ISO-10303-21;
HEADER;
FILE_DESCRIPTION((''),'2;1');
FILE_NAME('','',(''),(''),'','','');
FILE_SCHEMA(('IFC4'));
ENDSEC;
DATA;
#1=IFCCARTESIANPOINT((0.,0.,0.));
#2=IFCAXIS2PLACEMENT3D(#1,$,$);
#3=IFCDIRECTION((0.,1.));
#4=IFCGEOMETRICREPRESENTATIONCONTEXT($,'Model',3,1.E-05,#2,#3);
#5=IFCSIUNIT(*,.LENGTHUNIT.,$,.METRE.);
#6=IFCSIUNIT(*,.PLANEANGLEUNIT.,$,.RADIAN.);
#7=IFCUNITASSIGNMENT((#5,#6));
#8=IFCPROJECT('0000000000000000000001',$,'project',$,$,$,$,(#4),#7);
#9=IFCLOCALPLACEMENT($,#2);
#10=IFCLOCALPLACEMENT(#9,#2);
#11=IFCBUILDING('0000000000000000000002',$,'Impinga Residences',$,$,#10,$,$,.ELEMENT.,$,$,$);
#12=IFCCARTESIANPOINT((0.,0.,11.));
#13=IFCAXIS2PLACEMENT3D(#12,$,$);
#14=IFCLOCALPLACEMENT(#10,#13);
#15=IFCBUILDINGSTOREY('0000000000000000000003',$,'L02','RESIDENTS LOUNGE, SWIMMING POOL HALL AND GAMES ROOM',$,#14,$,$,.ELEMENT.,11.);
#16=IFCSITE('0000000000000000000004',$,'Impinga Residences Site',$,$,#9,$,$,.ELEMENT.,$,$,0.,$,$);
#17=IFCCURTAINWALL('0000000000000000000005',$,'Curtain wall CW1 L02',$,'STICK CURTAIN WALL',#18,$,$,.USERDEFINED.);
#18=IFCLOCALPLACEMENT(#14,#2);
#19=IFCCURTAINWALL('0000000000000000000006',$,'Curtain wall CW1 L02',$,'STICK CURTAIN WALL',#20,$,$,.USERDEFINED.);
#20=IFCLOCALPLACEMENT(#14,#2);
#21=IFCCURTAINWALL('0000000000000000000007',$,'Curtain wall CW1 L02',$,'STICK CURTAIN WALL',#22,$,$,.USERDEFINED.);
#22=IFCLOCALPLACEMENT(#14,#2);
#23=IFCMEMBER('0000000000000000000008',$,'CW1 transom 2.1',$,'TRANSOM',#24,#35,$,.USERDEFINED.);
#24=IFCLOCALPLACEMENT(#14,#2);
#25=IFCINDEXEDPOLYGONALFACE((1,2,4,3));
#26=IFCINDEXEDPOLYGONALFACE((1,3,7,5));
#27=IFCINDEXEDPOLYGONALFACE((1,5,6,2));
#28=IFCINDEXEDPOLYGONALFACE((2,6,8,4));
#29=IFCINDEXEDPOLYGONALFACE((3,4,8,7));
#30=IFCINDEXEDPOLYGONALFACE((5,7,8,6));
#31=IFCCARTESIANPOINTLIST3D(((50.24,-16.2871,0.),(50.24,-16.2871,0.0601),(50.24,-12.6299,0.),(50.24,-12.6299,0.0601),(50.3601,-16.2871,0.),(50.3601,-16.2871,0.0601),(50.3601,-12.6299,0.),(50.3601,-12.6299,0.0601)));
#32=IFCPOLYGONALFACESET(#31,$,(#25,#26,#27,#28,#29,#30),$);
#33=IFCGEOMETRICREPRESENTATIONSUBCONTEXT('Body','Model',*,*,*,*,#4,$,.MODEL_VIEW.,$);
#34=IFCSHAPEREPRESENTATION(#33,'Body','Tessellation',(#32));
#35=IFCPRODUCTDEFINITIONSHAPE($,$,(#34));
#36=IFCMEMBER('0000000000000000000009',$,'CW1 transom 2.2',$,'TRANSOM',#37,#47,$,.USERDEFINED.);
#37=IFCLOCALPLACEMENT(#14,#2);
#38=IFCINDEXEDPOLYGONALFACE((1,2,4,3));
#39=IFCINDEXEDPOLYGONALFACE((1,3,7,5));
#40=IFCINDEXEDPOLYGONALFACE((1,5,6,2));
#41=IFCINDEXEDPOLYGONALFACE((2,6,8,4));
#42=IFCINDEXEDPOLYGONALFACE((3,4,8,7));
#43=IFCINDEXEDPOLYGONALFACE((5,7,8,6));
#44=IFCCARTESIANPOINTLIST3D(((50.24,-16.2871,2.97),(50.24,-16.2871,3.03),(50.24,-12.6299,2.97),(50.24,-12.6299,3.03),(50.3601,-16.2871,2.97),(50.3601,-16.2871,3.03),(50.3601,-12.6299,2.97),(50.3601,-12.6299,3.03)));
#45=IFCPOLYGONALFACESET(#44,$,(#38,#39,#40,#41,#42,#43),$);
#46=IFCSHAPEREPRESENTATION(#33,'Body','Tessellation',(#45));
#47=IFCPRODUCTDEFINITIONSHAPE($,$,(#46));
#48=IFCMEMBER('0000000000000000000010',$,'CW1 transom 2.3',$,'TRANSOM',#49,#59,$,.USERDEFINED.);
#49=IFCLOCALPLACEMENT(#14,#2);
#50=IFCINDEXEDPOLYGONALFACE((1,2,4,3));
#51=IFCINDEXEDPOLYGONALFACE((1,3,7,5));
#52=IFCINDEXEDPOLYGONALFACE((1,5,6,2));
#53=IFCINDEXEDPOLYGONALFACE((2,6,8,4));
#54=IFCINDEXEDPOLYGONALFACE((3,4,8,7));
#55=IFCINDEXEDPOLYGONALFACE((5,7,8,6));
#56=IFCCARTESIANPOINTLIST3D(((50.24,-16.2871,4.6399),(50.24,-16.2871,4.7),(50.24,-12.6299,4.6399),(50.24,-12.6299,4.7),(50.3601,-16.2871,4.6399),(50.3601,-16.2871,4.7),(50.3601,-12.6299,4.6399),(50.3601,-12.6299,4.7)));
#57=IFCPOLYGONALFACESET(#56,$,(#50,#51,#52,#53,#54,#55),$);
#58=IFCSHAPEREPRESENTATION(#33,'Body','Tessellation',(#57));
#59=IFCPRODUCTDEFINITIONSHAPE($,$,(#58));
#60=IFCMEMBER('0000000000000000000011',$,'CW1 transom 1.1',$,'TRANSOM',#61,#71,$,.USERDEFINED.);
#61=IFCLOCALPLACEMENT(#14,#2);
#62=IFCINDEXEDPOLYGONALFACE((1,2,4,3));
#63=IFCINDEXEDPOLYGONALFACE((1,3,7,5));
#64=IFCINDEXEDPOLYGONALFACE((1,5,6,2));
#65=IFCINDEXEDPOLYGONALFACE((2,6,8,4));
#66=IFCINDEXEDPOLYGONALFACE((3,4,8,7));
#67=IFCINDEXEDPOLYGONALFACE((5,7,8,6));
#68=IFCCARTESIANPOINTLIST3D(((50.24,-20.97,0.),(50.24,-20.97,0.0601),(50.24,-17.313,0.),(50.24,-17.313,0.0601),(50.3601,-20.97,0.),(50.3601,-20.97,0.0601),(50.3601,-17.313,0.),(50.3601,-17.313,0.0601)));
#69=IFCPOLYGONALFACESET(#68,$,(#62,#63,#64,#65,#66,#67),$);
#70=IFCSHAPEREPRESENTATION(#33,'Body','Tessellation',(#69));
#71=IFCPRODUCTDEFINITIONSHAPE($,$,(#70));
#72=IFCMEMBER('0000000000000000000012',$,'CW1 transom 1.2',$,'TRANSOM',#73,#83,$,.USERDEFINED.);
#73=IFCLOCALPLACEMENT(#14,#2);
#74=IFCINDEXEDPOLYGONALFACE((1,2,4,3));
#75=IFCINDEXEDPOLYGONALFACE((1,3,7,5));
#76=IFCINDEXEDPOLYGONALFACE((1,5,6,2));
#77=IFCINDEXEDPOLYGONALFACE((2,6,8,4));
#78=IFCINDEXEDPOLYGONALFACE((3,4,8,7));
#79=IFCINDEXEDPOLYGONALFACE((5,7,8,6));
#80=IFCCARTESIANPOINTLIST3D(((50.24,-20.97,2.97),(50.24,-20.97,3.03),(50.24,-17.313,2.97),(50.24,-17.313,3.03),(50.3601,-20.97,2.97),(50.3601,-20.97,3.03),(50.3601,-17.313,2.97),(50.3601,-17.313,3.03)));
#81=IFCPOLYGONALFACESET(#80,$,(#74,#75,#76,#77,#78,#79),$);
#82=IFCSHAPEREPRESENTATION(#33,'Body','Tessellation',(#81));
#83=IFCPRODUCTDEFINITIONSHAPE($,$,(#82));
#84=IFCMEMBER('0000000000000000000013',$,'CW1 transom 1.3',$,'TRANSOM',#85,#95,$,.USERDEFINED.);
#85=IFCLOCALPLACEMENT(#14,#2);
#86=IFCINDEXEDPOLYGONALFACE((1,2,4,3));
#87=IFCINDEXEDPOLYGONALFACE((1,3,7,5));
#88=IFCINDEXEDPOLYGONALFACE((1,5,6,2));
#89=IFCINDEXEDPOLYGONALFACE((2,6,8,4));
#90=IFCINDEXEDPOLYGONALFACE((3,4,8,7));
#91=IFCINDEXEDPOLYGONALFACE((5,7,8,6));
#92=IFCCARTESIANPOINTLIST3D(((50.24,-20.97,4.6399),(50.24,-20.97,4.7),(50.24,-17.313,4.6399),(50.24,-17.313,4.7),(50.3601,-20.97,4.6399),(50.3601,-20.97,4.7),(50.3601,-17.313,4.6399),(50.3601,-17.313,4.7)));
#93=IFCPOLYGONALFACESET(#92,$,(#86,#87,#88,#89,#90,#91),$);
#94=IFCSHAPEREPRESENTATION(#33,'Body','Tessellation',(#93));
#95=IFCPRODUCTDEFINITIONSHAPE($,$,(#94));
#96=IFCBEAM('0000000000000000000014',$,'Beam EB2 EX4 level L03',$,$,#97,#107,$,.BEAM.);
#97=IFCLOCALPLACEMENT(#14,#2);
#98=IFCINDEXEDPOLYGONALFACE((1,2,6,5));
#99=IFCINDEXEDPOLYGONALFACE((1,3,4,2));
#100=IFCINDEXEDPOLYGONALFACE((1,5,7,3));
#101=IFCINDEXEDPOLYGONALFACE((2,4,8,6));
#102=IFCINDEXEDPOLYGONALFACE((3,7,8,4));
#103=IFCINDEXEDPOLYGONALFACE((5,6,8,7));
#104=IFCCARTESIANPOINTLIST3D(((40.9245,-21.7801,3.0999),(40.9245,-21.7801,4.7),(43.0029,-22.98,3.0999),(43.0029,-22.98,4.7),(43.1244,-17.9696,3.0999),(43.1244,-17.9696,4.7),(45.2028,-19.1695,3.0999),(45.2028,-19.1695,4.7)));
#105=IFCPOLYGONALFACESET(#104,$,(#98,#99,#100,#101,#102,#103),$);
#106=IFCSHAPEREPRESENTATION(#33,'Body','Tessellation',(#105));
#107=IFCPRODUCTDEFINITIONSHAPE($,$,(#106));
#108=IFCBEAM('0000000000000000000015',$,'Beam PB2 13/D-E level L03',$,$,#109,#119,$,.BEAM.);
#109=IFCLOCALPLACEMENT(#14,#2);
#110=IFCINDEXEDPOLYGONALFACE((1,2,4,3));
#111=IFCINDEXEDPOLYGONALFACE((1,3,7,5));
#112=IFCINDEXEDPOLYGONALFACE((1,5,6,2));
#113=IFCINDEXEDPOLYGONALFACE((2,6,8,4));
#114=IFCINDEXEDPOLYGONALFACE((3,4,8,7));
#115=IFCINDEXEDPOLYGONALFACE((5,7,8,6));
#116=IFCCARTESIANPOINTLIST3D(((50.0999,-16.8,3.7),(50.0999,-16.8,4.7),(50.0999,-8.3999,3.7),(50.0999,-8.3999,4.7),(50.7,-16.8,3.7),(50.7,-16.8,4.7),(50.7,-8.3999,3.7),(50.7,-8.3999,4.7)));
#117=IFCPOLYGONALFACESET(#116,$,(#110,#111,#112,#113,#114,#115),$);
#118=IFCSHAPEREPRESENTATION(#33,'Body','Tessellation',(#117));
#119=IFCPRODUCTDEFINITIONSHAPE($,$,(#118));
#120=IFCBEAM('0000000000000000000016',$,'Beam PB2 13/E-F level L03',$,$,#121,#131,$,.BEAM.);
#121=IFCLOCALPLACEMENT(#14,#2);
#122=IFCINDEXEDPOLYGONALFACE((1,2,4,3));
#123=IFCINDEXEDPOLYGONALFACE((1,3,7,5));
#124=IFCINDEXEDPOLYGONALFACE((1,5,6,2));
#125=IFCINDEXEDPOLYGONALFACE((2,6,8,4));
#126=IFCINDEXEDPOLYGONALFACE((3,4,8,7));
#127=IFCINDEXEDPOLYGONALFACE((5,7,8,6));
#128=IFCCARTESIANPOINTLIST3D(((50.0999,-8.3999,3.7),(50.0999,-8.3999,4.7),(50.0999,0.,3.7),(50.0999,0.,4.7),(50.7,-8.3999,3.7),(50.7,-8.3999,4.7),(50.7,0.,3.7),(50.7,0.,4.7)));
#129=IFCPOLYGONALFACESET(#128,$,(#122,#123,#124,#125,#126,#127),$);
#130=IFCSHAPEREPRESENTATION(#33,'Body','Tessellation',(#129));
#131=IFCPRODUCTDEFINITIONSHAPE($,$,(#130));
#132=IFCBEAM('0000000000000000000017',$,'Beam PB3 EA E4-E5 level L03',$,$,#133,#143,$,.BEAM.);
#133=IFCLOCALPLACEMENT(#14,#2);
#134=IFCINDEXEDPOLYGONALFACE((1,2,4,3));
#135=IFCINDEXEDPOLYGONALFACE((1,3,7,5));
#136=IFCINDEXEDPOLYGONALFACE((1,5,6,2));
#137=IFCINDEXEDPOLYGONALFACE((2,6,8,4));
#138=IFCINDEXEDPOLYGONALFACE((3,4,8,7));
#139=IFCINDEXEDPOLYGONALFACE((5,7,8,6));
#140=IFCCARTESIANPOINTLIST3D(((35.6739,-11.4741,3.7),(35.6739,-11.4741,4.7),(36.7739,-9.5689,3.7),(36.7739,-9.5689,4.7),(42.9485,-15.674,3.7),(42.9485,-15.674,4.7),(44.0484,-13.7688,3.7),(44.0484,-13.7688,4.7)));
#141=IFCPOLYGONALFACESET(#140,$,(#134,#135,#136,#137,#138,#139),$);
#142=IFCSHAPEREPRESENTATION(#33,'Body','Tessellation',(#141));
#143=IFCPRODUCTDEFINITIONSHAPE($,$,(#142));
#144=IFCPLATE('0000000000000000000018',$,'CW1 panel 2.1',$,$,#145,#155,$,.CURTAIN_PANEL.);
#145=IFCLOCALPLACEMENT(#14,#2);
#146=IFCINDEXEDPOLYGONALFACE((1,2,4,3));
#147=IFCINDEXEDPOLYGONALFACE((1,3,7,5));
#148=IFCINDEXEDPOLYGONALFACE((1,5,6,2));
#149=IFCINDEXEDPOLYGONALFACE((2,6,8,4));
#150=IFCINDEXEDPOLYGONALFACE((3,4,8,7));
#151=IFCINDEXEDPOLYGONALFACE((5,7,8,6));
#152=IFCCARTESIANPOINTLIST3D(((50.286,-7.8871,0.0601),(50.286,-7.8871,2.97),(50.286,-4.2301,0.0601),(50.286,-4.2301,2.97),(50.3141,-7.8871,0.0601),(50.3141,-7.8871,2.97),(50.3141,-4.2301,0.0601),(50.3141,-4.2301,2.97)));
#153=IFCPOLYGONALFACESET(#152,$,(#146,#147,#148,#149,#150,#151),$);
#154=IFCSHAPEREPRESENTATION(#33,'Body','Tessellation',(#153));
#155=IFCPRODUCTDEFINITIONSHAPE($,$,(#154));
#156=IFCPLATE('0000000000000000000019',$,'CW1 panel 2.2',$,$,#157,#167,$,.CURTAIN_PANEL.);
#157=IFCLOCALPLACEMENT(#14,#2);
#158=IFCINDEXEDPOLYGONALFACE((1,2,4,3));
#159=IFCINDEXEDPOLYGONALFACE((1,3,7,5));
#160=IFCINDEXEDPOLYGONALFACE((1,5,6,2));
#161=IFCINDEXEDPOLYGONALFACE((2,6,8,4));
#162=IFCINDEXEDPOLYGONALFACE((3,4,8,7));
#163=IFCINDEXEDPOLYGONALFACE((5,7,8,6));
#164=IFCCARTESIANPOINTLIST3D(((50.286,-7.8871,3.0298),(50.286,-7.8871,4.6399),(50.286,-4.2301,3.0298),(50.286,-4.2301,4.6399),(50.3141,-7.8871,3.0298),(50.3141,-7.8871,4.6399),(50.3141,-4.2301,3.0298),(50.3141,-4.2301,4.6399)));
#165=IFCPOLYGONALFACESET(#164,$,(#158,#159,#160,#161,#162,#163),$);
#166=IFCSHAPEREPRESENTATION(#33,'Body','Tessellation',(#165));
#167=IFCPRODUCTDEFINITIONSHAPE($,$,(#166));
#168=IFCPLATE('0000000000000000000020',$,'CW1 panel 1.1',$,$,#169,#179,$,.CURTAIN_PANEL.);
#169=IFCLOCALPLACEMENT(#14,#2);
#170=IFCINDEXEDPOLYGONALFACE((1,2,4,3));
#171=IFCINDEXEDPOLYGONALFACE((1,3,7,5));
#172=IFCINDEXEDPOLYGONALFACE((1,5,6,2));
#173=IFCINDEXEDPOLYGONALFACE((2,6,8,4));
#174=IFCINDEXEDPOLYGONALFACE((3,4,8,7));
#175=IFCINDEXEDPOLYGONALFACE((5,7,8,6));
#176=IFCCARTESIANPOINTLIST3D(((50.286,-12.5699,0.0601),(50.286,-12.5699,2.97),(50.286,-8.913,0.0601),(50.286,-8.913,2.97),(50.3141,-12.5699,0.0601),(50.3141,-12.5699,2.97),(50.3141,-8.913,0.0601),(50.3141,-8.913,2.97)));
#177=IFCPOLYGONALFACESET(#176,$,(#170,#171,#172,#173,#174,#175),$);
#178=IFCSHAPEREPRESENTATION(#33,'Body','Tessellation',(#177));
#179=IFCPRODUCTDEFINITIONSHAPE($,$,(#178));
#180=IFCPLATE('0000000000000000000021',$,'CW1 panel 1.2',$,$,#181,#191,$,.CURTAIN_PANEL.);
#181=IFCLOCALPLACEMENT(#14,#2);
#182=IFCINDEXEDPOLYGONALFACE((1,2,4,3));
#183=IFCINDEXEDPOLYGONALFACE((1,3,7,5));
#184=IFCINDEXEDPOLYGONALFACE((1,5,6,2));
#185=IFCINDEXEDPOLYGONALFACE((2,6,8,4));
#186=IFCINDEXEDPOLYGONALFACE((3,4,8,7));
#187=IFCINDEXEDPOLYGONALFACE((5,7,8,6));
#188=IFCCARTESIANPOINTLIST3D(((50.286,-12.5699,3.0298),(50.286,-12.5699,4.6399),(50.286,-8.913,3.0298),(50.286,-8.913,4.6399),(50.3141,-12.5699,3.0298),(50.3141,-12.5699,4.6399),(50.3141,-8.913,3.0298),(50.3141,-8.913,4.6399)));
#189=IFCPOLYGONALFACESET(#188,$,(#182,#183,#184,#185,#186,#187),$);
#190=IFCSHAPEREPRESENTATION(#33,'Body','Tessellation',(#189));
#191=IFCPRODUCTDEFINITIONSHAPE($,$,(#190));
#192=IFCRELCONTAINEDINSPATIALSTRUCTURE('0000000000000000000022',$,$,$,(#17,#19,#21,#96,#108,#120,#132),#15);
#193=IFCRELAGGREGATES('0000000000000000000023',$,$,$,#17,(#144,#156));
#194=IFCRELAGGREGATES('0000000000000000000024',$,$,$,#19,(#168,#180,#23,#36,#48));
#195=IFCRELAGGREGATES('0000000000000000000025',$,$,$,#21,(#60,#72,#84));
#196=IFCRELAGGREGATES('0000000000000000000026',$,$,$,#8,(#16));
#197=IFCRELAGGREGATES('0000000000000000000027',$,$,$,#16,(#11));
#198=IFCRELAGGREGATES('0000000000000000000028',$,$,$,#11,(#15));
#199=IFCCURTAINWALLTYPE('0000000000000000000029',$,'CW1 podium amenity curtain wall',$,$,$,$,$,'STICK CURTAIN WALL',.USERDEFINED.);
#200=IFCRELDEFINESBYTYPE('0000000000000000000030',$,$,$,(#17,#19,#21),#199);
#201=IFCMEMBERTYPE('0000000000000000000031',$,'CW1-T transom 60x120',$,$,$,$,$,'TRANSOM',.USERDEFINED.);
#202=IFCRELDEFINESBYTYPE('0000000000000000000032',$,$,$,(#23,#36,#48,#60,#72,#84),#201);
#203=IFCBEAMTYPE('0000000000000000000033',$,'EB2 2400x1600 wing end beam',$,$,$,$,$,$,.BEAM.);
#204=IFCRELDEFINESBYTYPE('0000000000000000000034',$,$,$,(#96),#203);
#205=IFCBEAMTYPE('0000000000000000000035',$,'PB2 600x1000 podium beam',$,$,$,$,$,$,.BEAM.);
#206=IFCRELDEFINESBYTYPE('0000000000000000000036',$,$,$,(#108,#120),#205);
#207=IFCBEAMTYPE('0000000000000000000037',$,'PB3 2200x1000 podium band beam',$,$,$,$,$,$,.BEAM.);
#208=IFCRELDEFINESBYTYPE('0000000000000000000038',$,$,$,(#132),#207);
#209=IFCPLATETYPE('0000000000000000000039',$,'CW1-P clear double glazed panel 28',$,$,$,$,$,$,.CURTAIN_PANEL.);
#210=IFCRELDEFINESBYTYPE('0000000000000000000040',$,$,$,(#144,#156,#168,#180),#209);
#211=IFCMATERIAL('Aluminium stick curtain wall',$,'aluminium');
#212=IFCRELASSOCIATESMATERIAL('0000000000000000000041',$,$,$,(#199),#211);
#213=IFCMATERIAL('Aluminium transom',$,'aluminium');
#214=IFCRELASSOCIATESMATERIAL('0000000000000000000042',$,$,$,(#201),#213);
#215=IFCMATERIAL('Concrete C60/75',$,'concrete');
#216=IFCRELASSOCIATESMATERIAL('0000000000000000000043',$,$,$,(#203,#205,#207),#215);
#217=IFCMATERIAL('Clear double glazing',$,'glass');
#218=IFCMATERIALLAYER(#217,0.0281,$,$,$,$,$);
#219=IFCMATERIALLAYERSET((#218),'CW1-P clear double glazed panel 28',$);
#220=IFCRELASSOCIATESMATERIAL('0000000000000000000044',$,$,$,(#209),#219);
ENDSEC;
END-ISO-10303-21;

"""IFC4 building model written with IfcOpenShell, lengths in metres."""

from ifc_helpers import new_model, si_unit, direction, frame, origin, origin_2d, place, context, subcontext, project, spatial, rectangle, extrude, material, layer, layer_set, material_profile, profile_set, type_object, element, aggregate, save


model = new_model("IFC4")

# Units and contexts
model_context = context("Model", 3, precision=1e-05, world=origin(), true_north=direction((0.0, 1.0)))
body_context = subcontext(model_context, "Body", "Model", "MODEL_VIEW")
ifc_project = project(units=[si_unit("LENGTHUNIT", "METRE"), si_unit("PLANEANGLEUNIT", "RADIAN")], contexts=[model_context])

# Site, building, storey
site_placement = place(None, origin())
site = spatial("IfcSite", under=ifc_project, at=site_placement, Name="Impinga Residences Site", CompositionType="ELEMENT", RefElevation=0.0)
building_placement = place(site_placement, origin())
building = spatial("IfcBuilding", under=site, at=building_placement, Name="Impinga Residences", CompositionType="ELEMENT")
storey_placement = place(building_placement, frame((0.0, 0.0, 11.0)))
storey = spatial("IfcBuildingStorey", under=building, at=storey_placement, Name="L02", Description="RESIDENTS LOUNGE, SWIMMING POOL HALL AND GAMES ROOM", CompositionType="ELEMENT", Elevation=11.0)

# Shared definitions
ifc_material_1 = material(Name="Concrete C60/75", Category="concrete")

# Curtain wall
ifc_material_2 = material(Name="Aluminium stick curtain wall", Category="aluminium")
curtain_wall_type = type_object("IfcCurtainWallType", Name="CW1 podium amenity curtain wall", ElementType="STICK CURTAIN WALL", PredefinedType="USERDEFINED", material=ifc_material_2)
curtain_wall_1_placement = place(storey_placement, origin())
curtain_wall_1 = element("IfcCurtainWall", 1, at=curtain_wall_1_placement, inside=storey, type_object=curtain_wall_type, Name="Curtain wall CW1 L02", ObjectType="STICK CURTAIN WALL", PredefinedType="USERDEFINED")

# Curtain wall
curtain_wall_2_placement = place(storey_placement, origin())
curtain_wall_2 = element("IfcCurtainWall", 2, at=curtain_wall_2_placement, inside=storey, type_object=curtain_wall_type, Name="Curtain wall CW1 L02", ObjectType="STICK CURTAIN WALL", PredefinedType="USERDEFINED")

# Curtain wall
curtain_wall_3_placement = place(storey_placement, origin())
curtain_wall_3 = element("IfcCurtainWall", 3, at=curtain_wall_3_placement, inside=storey, type_object=curtain_wall_type, Name="Curtain wall CW1 L02", ObjectType="STICK CURTAIN WALL", PredefinedType="USERDEFINED")

# Members
ifc_material_3 = material(Name="Aluminium transom", Category="aluminium")
ifc_material_profile_1 = material_profile(ifc_material_3, rectangle(XDim=0.0601, YDim=0.1201, at=origin_2d()), Name="60x120 transom")
ifc_profile_set_1 = profile_set([ifc_material_profile_1], Name="Aluminium transom")
member_type_1 = type_object("IfcMemberType", Name="CW1-T transom 60x120", ElementType="TRANSOM", PredefinedType="USERDEFINED", material=ifc_profile_set_1)
member_1_placement = place(storey_placement, frame((50.3, -12.6299, 0.03), z_axis=(0.0, -1.0, 0.0), x_axis=(0.0, 0.0, 1.0)))
member_1 = element("IfcMember", 4, at=member_1_placement, type_object=member_type_1, Name="CW1 transom 2.1", ObjectType="TRANSOM", PredefinedType="USERDEFINED", context=body_context, shape_type="SweptSolid", body=[
    extrude(rectangle(XDim=0.0601, YDim=0.1201, at=origin_2d()), origin(), (0.0, 0.0, 1.0), 3.6572),
])
member_2_placement = place(storey_placement, frame((50.3, -12.6299, 3.0), z_axis=(0.0, -1.0, 0.0), x_axis=(0.0, 0.0, 1.0)))
member_2 = element("IfcMember", 5, at=member_2_placement, type_object=member_type_1, Name="CW1 transom 2.2", ObjectType="TRANSOM", PredefinedType="USERDEFINED", context=body_context, shape_type="SweptSolid", body=[
    extrude(rectangle(XDim=0.0601, YDim=0.1201, at=origin_2d()), origin(), (0.0, 0.0, 1.0), 3.6572),
])
member_3_placement = place(storey_placement, frame((50.3, -12.6299, 4.6699), z_axis=(0.0, -1.0, 0.0), x_axis=(0.0, 0.0, 1.0)))
member_3 = element("IfcMember", 6, at=member_3_placement, type_object=member_type_1, Name="CW1 transom 2.3", ObjectType="TRANSOM", PredefinedType="USERDEFINED", context=body_context, shape_type="SweptSolid", body=[
    extrude(rectangle(XDim=0.0601, YDim=0.1201, at=origin_2d()), origin(), (0.0, 0.0, 1.0), 3.6572),
])
member_4_placement = place(storey_placement, frame((50.3, -17.313, 0.03), z_axis=(0.0, -1.0, 0.0), x_axis=(0.0, 0.0, 1.0)))
member_4 = element("IfcMember", 7, at=member_4_placement, type_object=member_type_1, Name="CW1 transom 1.1", ObjectType="TRANSOM", PredefinedType="USERDEFINED", context=body_context, shape_type="SweptSolid", body=[
    extrude(rectangle(XDim=0.0601, YDim=0.1201, at=origin_2d()), origin(), (0.0, 0.0, 1.0), 3.657),
])
member_5_placement = place(storey_placement, frame((50.3, -17.313, 3.0), z_axis=(0.0, -1.0, 0.0), x_axis=(0.0, 0.0, 1.0)))
member_5 = element("IfcMember", 8, at=member_5_placement, type_object=member_type_1, Name="CW1 transom 1.2", ObjectType="TRANSOM", PredefinedType="USERDEFINED", context=body_context, shape_type="SweptSolid", body=[
    extrude(rectangle(XDim=0.0601, YDim=0.1201, at=origin_2d()), origin(), (0.0, 0.0, 1.0), 3.657),
])
member_6_placement = place(storey_placement, frame((50.3, -17.313, 4.6699), z_axis=(0.0, -1.0, 0.0), x_axis=(0.0, 0.0, 1.0)))
member_6 = element("IfcMember", 9, at=member_6_placement, type_object=member_type_1, Name="CW1 transom 1.3", ObjectType="TRANSOM", PredefinedType="USERDEFINED", context=body_context, shape_type="SweptSolid", body=[
    extrude(rectangle(XDim=0.0601, YDim=0.1201, at=origin_2d()), origin(), (0.0, 0.0, 1.0), 3.657),
])

# Beams
ifc_material_profile_2 = material_profile(ifc_material_1, rectangle(XDim=2.3999, YDim=1.6001, at=origin_2d()), Name="RC 2400x1600")
ifc_profile_set_2 = profile_set([ifc_material_profile_2], Name="Concrete C60/75")
beam_type_1 = type_object("IfcBeamType", Name="EB2 2400x1600 wing end beam", PredefinedType="BEAM", material=ifc_profile_set_2)
beam_1_placement = place(storey_placement, frame((44.1636, -18.5696, 3.8999), z_axis=(-0.499988, -0.866032, 0.0), x_axis=(0.866032, -0.499988, 0.0)))
element("IfcBeam", 10, at=beam_1_placement, inside=storey, type_object=beam_type_1, Name="Beam EB2 EX4 level L03", PredefinedType="BEAM", context=body_context, shape_type="SweptSolid", body=[
    extrude(rectangle(XDim=2.3999, YDim=1.6001, at=origin_2d()), origin(), (0.0, 0.0, 1.0), 4.3999),
])
ifc_material_profile_3 = material_profile(ifc_material_1, rectangle(XDim=0.6001, YDim=1.0, at=origin_2d()), Name="RC 600x1000")
ifc_profile_set_3 = profile_set([ifc_material_profile_3], Name="Concrete C60/75")
beam_type_2 = type_object("IfcBeamType", Name="PB2 600x1000 podium beam", PredefinedType="BEAM", material=ifc_profile_set_3)
beam_2_placement = place(storey_placement, frame((50.3999, -16.8, 4.2), z_axis=(0.0, 1.0, 0.0), x_axis=(-1.0, 0.0, 0.0)))
element("IfcBeam", 11, at=beam_2_placement, inside=storey, type_object=beam_type_2, Name="Beam PB2 13/D-E level L03", PredefinedType="BEAM", context=body_context, shape_type="SweptSolid", body=[
    extrude(rectangle(XDim=0.6001, YDim=1.0, at=origin_2d()), origin(), (0.0, 0.0, 1.0), 8.4001),
])
beam_3_placement = place(storey_placement, frame((50.3999, -8.3999, 4.2), z_axis=(0.0, 1.0, 0.0), x_axis=(-1.0, 0.0, 0.0)))
element("IfcBeam", 12, at=beam_3_placement, inside=storey, type_object=beam_type_2, Name="Beam PB2 13/E-F level L03", PredefinedType="BEAM", context=body_context, shape_type="SweptSolid", body=[
    extrude(rectangle(XDim=0.6001, YDim=1.0, at=origin_2d()), origin(), (0.0, 0.0, 1.0), 8.3999),
])
ifc_material_profile_4 = material_profile(ifc_material_1, rectangle(XDim=2.2, YDim=1.0, at=origin_2d()), Name="RC 2200x1000")
ifc_profile_set_4 = profile_set([ifc_material_profile_4], Name="Concrete C60/75")
beam_type_3 = type_object("IfcBeamType", Name="PB3 2200x1000 podium band beam", PredefinedType="BEAM", material=ifc_profile_set_4)
beam_4_placement = place(storey_placement, frame((36.2239, -10.5215, 4.2), z_axis=(0.866029, -0.499993, 0.0), x_axis=(0.499993, 0.866029, 0.0)))
element("IfcBeam", 13, at=beam_4_placement, inside=storey, type_object=beam_type_3, Name="Beam PB3 EA E4-E5 level L03", PredefinedType="BEAM", context=body_context, shape_type="SweptSolid", body=[
    extrude(rectangle(XDim=2.2, YDim=1.0, at=origin_2d()), origin(), (0.0, 0.0, 1.0), 8.3999),
])

# Plates
ifc_material_4 = material(Name="Clear double glazing", Category="glass")
ifc_layer = layer(ifc_material_4, 0.0281)
ifc_layer_set = layer_set([ifc_layer], Name="CW1-P clear double glazed panel 28")
plate_type = type_object("IfcPlateType", Name="CW1-P clear double glazed panel 28", PredefinedType="CURTAIN_PANEL", material=ifc_layer_set)
plate_1_placement = place(storey_placement, frame((50.3, -6.0586, 0.0601), z_axis=(0.0, 0.0, 1.0), x_axis=(0.0, -1.0, 0.0)))
plate_1 = element("IfcPlate", 14, at=plate_1_placement, type_object=plate_type, Name="CW1 panel 2.1", PredefinedType="CURTAIN_PANEL", context=body_context, shape_type="SweptSolid", body=[
    extrude(rectangle(XDim=3.657, YDim=0.0281, at=origin_2d()), origin(), (0.0, 0.0, 1.0), 2.9099),
])
plate_2_placement = place(storey_placement, frame((50.3, -6.0586, 3.0298), z_axis=(0.0, 0.0, 1.0), x_axis=(0.0, -1.0, 0.0)))
plate_2 = element("IfcPlate", 15, at=plate_2_placement, type_object=plate_type, Name="CW1 panel 2.2", PredefinedType="CURTAIN_PANEL", context=body_context, shape_type="SweptSolid", body=[
    extrude(rectangle(XDim=3.657, YDim=0.0281, at=origin_2d()), origin(), (0.0, 0.0, 1.0), 1.6101),
])
aggregate(curtain_wall_1, [plate_1, plate_2])
plate_3_placement = place(storey_placement, frame((50.3, -10.7415, 0.0601), z_axis=(0.0, 0.0, 1.0), x_axis=(0.0, -1.0, 0.0)))
plate_3 = element("IfcPlate", 16, at=plate_3_placement, type_object=plate_type, Name="CW1 panel 1.1", PredefinedType="CURTAIN_PANEL", context=body_context, shape_type="SweptSolid", body=[
    extrude(rectangle(XDim=3.657, YDim=0.0281, at=origin_2d()), origin(), (0.0, 0.0, 1.0), 2.9099),
])
plate_4_placement = place(storey_placement, frame((50.3, -10.7415, 3.0298), z_axis=(0.0, 0.0, 1.0), x_axis=(0.0, -1.0, 0.0)))
plate_4 = element("IfcPlate", 17, at=plate_4_placement, type_object=plate_type, Name="CW1 panel 1.2", PredefinedType="CURTAIN_PANEL", context=body_context, shape_type="SweptSolid", body=[
    extrude(rectangle(XDim=3.657, YDim=0.0281, at=origin_2d()), origin(), (0.0, 0.0, 1.0), 1.6101),
])
aggregate(curtain_wall_2, [plate_3, plate_4, member_1, member_2, member_3])
aggregate(curtain_wall_3, [member_4, member_5, member_6])

save(model, "model.ifc")
